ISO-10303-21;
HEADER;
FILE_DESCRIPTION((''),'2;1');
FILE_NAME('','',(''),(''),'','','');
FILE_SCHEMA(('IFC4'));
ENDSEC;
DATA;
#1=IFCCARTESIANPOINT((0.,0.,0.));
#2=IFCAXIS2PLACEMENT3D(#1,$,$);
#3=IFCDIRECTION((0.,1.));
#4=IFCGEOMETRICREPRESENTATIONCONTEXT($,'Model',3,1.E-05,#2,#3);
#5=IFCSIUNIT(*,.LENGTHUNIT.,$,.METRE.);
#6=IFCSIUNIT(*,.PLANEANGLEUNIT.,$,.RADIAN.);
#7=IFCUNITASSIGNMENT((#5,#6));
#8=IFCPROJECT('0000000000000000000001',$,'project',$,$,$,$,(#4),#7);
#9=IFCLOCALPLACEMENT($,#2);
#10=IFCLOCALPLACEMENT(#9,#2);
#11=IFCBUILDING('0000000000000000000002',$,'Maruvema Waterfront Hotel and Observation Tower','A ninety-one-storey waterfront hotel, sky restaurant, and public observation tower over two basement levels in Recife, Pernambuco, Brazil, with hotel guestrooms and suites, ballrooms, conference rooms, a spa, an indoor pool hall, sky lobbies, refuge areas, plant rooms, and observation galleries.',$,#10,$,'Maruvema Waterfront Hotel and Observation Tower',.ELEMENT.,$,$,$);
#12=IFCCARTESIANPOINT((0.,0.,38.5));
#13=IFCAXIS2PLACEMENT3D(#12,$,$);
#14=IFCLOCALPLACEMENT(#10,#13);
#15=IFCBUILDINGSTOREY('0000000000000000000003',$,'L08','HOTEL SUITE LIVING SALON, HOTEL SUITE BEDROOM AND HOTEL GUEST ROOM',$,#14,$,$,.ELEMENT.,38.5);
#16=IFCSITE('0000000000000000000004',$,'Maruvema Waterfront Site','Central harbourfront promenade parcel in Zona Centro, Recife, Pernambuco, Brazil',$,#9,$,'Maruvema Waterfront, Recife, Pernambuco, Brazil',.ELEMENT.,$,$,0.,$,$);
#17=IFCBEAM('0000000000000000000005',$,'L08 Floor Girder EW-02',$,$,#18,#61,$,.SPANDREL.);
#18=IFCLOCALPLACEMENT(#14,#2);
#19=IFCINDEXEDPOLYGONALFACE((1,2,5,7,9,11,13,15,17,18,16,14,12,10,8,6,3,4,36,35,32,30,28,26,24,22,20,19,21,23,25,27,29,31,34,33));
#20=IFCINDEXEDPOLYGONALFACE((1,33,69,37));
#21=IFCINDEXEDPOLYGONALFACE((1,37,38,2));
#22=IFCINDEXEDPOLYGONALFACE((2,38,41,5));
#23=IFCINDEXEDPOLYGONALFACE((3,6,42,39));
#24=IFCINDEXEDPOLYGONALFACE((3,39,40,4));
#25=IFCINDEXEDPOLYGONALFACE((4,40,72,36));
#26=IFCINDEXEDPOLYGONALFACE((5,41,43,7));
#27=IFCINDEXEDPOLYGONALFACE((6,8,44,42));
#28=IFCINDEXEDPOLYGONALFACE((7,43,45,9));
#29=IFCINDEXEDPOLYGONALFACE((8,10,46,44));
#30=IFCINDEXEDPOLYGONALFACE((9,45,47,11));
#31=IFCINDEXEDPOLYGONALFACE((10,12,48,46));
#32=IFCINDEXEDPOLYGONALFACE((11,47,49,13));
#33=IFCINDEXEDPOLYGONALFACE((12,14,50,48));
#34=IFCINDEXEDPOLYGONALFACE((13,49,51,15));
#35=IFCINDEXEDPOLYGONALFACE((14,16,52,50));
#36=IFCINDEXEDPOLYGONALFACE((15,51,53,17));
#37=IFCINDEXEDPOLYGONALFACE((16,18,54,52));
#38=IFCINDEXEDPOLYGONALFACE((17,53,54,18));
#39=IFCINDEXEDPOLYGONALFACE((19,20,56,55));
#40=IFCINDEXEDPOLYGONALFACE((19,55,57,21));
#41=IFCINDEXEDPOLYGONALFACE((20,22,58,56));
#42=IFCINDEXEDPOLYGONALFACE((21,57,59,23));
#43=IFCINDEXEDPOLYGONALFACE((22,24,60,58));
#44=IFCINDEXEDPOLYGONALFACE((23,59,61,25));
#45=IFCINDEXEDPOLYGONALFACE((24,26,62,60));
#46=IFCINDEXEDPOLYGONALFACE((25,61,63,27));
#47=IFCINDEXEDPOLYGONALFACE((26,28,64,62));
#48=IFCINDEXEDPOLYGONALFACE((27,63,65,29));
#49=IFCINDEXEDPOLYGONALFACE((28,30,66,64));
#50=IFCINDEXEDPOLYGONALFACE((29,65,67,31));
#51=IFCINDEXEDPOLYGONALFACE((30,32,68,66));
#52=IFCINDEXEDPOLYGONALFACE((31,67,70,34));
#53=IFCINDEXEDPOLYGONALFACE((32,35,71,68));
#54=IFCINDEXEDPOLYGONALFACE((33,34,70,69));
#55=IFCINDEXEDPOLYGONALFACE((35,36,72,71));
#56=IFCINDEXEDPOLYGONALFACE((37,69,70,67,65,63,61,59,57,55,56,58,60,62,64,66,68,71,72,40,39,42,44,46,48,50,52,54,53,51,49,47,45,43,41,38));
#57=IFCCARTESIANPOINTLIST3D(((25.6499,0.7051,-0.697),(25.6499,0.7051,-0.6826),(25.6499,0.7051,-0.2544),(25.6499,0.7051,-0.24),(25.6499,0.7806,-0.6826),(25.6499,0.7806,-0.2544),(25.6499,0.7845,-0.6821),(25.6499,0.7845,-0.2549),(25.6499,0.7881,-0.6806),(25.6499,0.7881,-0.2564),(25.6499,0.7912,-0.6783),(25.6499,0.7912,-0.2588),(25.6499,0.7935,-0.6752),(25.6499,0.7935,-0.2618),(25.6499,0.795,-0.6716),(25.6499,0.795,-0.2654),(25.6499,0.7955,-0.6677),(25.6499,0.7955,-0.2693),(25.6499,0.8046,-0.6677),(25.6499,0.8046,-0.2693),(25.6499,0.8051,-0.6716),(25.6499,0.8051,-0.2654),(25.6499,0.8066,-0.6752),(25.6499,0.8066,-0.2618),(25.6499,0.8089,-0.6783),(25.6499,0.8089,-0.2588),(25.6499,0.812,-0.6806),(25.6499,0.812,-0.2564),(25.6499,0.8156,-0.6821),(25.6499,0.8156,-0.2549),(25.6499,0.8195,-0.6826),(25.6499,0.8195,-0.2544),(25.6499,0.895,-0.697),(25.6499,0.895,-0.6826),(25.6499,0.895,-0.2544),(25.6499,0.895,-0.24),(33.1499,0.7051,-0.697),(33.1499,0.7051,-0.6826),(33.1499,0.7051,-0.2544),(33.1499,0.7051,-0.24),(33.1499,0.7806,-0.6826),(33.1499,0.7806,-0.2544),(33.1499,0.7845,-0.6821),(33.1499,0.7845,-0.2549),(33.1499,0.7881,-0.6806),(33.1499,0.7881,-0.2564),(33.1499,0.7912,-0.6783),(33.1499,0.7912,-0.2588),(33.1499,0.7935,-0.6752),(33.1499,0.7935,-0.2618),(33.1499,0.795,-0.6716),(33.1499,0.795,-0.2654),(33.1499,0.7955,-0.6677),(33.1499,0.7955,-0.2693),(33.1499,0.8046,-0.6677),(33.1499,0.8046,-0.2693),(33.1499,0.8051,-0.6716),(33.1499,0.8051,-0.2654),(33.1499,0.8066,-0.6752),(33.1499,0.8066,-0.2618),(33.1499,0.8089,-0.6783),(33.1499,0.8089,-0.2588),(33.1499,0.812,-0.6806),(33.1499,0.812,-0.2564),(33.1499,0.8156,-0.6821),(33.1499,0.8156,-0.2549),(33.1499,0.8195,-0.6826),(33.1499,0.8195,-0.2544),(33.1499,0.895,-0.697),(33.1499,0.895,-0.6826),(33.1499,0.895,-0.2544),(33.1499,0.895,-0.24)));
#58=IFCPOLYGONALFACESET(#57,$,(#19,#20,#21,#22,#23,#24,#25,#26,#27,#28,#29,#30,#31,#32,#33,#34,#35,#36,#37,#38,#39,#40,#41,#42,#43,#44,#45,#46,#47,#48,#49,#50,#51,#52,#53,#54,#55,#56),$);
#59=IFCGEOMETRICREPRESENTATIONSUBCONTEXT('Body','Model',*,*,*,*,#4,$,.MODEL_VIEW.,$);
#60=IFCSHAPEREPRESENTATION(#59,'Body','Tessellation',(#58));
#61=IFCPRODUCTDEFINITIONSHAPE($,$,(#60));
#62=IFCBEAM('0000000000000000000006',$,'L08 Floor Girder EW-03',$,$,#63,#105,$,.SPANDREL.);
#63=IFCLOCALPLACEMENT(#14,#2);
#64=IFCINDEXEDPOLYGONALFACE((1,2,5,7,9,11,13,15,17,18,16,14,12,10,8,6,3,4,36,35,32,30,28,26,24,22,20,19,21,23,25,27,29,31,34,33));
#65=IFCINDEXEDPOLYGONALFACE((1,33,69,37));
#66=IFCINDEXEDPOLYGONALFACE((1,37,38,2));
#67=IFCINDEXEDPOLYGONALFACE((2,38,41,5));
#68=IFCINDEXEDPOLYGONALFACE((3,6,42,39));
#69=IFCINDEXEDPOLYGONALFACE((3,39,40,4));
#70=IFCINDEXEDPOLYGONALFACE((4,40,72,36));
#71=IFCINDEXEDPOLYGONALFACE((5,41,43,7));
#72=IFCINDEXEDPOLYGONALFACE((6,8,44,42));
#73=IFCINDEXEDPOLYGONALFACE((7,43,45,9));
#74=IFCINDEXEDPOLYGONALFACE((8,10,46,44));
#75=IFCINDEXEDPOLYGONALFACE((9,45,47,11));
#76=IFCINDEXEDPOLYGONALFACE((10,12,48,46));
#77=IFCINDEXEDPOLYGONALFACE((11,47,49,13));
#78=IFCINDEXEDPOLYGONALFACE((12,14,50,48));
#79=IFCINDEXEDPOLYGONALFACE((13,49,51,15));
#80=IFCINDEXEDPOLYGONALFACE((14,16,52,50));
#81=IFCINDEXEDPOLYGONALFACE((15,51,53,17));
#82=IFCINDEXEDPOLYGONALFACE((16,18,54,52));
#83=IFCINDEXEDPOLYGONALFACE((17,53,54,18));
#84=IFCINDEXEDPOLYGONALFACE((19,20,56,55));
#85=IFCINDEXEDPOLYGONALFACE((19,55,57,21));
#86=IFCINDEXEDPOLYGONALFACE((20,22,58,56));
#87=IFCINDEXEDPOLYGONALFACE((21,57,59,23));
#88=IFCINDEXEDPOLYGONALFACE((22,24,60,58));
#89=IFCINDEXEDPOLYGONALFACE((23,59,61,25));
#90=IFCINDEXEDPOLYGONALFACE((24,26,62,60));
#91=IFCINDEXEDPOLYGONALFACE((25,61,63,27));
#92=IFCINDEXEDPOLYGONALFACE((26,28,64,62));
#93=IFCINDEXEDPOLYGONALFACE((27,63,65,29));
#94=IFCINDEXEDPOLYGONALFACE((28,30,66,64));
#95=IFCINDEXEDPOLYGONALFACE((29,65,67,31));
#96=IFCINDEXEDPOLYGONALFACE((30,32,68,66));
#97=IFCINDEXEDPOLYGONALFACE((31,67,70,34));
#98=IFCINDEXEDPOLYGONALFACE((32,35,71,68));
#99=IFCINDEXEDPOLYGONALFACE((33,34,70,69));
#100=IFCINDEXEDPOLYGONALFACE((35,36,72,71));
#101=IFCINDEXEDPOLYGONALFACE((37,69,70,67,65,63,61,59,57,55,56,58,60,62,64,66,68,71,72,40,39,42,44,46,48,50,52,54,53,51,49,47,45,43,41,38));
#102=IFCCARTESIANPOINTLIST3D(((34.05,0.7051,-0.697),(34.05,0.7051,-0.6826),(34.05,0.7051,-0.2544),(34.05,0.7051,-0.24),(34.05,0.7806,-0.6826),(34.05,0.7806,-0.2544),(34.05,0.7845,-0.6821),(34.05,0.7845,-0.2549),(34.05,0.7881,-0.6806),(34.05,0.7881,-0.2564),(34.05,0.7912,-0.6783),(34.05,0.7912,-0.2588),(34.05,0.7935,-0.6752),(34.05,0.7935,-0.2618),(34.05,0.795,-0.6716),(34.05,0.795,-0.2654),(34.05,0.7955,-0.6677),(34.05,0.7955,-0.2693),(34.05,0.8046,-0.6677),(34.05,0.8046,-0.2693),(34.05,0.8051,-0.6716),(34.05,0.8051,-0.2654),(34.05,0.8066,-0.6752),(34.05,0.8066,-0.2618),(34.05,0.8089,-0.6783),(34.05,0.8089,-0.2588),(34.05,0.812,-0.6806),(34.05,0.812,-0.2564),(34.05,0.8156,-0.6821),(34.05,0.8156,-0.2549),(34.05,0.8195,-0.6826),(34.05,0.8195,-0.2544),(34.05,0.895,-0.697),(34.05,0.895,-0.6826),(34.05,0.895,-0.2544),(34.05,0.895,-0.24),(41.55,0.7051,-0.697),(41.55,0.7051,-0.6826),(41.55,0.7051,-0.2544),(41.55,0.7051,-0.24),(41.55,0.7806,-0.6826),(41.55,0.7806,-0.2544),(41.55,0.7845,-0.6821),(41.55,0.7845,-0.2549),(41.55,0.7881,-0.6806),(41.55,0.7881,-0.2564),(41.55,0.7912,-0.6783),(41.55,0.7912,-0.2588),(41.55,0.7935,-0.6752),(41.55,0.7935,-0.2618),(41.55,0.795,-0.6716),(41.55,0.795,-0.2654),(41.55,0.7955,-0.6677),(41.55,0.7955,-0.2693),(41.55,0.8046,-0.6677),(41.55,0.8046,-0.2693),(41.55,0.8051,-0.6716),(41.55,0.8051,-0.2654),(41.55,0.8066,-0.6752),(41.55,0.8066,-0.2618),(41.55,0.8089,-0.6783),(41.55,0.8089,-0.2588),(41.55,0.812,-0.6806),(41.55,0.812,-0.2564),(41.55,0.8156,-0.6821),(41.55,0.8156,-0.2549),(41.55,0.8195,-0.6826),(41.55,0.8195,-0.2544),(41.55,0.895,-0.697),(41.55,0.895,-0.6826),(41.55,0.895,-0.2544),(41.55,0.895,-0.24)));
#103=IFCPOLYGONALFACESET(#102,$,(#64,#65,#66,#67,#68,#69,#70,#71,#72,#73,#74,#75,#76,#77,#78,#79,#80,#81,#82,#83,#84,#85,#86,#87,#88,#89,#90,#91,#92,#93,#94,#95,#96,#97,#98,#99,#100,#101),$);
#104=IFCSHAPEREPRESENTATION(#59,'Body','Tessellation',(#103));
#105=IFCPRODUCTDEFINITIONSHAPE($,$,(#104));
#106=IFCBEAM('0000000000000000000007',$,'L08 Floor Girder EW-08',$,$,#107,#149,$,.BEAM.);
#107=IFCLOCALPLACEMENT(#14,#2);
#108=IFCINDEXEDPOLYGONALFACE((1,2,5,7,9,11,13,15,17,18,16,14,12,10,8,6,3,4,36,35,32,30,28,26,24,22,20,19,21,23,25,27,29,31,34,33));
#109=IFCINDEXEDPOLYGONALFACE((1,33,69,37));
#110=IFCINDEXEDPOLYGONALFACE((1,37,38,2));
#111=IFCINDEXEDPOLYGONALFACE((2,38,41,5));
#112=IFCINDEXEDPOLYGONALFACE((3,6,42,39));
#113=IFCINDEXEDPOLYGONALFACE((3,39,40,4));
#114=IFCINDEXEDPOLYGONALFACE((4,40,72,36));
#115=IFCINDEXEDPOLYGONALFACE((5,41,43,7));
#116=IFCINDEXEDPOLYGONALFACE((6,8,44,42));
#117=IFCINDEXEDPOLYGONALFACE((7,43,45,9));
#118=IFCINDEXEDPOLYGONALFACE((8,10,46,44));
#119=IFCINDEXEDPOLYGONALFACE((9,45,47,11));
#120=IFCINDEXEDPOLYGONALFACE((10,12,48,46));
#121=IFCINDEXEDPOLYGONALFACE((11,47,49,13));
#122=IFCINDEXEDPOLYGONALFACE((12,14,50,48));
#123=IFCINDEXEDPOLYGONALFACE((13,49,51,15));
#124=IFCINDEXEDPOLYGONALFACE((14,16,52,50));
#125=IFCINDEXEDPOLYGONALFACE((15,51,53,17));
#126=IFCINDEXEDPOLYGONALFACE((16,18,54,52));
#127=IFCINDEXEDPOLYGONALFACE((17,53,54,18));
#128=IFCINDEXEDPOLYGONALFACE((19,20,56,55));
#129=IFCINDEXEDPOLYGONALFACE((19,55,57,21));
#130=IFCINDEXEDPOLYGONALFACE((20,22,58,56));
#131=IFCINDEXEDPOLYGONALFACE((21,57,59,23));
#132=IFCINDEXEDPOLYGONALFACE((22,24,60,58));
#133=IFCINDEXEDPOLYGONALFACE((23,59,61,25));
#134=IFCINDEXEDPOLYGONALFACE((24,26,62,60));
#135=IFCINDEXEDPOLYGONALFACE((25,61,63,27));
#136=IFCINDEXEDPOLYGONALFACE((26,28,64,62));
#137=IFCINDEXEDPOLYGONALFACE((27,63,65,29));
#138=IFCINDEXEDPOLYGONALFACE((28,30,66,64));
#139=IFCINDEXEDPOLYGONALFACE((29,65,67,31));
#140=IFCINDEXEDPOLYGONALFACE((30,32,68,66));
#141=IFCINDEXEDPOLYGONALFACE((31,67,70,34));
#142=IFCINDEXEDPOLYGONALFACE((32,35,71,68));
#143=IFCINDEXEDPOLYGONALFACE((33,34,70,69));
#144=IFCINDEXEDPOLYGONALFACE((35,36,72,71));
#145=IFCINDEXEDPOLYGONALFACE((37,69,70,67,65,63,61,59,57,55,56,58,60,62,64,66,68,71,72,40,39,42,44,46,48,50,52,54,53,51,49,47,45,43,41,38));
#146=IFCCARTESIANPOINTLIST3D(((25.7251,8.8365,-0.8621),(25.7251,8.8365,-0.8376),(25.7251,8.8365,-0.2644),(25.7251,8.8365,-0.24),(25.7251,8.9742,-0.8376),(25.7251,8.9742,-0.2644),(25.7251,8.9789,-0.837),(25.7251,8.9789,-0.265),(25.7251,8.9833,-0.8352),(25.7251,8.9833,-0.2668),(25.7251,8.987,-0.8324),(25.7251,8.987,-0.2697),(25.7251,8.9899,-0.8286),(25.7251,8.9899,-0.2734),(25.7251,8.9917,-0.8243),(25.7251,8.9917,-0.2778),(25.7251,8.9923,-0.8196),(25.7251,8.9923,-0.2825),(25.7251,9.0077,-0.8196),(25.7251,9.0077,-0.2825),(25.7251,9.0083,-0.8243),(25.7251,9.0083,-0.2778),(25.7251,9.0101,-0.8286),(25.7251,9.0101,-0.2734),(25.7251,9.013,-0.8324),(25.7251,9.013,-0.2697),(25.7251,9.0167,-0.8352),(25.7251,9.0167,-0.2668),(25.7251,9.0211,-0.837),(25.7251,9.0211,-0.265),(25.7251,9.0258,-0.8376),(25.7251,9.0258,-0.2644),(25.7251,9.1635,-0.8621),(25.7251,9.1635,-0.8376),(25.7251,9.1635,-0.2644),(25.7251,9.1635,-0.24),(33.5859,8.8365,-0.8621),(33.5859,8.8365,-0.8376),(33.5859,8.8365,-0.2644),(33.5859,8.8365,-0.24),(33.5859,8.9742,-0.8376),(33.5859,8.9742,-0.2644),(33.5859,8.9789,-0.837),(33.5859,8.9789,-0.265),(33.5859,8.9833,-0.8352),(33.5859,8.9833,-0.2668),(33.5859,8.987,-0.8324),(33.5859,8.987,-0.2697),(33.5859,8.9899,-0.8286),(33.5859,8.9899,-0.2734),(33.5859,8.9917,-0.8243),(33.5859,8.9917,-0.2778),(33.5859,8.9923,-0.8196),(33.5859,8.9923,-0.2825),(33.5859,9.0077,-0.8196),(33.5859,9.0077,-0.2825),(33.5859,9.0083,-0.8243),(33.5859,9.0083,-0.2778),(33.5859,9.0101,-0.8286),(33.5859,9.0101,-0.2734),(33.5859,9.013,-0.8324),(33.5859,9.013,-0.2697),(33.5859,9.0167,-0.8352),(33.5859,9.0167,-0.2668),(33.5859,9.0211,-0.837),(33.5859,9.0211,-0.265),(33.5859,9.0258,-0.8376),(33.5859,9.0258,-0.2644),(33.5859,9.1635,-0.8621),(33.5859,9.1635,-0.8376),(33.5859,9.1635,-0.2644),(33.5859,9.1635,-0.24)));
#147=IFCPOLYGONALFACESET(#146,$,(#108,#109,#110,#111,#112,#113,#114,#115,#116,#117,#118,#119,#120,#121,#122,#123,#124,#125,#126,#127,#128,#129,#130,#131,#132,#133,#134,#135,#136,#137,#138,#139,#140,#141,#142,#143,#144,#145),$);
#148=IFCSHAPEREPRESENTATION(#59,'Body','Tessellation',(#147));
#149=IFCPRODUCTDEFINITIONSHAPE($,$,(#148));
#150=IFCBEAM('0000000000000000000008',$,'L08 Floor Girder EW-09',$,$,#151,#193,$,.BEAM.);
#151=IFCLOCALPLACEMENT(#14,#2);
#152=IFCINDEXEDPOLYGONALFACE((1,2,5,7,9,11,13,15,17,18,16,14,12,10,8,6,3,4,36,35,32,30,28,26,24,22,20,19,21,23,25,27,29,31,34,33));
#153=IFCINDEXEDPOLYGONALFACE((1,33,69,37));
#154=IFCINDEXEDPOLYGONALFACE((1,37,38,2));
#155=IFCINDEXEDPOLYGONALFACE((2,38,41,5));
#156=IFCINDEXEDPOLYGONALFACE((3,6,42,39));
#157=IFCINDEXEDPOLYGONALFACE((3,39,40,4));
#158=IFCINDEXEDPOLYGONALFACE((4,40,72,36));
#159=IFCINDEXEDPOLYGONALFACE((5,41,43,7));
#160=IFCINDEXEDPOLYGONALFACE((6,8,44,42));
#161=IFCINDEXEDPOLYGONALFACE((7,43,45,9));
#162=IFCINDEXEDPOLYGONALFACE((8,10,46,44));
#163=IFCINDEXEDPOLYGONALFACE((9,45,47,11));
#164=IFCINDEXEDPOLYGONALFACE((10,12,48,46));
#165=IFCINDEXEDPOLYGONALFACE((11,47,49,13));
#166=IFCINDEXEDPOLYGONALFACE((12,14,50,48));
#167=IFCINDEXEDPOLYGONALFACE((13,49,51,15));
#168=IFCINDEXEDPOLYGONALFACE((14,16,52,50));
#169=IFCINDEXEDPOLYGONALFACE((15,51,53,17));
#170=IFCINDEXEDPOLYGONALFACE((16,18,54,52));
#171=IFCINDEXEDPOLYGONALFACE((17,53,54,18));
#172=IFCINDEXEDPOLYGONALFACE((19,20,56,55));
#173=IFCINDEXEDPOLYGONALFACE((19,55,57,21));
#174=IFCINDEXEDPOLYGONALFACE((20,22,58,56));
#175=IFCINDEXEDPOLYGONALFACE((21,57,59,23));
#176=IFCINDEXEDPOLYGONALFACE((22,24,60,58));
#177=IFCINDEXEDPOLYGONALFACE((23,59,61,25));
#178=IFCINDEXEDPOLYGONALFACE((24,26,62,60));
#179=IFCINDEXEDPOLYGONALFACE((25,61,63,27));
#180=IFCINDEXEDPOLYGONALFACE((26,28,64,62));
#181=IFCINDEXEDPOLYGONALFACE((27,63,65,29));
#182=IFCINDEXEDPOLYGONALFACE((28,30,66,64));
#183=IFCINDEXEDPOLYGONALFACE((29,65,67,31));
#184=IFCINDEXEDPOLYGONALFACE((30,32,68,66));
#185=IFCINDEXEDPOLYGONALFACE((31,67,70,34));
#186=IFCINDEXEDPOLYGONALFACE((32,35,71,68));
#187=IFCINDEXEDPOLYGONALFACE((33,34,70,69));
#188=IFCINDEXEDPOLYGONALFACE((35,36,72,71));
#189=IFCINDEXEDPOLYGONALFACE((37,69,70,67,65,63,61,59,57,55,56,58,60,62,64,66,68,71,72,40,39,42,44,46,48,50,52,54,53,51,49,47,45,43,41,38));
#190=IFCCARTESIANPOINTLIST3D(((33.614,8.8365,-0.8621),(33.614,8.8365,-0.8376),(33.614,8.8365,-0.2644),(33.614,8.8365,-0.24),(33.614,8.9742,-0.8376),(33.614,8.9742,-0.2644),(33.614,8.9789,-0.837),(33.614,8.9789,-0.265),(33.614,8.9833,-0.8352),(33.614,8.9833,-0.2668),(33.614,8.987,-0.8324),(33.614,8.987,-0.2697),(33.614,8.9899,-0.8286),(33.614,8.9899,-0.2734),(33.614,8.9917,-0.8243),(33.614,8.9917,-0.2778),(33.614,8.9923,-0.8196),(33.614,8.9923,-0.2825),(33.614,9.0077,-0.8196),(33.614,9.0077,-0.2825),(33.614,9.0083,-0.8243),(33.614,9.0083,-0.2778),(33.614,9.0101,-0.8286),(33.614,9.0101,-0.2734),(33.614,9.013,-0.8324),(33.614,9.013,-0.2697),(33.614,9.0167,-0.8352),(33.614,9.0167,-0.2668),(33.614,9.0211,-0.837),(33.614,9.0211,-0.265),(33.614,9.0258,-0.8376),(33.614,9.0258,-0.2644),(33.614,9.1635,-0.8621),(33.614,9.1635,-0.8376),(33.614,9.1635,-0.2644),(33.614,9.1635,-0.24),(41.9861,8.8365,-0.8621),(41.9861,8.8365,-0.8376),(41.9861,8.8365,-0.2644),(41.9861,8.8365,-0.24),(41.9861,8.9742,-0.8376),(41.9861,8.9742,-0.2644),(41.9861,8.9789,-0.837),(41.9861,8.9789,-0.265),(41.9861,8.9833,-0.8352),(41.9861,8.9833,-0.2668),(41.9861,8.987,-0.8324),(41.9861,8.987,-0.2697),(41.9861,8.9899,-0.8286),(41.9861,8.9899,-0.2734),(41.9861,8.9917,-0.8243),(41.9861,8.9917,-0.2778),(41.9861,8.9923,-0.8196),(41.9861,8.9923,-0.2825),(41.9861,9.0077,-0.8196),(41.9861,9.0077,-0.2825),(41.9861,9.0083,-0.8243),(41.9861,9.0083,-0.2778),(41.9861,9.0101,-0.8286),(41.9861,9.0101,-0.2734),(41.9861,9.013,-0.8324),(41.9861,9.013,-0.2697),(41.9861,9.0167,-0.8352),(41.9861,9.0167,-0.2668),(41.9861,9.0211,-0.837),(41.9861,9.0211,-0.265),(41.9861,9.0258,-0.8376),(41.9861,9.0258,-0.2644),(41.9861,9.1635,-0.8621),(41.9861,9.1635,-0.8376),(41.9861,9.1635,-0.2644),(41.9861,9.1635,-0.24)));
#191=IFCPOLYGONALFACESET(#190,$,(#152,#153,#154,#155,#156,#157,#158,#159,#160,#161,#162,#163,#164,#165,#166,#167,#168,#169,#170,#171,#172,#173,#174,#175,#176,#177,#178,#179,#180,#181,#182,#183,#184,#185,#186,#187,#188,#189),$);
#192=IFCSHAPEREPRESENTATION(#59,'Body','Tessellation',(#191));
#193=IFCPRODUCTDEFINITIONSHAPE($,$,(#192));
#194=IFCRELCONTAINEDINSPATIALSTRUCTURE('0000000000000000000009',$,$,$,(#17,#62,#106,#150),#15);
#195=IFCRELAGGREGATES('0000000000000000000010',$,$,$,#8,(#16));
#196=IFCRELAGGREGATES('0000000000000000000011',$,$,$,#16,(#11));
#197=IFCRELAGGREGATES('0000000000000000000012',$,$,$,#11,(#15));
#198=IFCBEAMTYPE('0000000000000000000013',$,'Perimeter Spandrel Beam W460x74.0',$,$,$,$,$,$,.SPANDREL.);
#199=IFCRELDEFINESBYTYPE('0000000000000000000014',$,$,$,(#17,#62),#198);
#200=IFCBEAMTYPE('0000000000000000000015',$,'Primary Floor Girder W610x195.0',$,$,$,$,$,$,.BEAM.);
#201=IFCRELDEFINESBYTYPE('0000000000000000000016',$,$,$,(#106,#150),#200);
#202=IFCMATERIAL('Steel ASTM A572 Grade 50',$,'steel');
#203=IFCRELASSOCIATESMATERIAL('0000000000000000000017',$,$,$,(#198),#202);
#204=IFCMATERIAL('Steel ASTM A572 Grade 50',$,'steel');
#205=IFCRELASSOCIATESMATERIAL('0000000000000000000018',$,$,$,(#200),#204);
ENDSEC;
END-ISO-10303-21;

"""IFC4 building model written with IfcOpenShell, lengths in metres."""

from ifc_helpers import new_model, si_unit, direction, frame, origin, origin_2d, place, context, subcontext, project, spatial, i_section, extrude, material, material_profile, profile_set, type_object, element, save


model = new_model("IFC4")

# Units and contexts
model_context = context("Model", 3, precision=1e-05, world=origin(), true_north=direction((0.0, 1.0)))
body_context = subcontext(model_context, "Body", "Model", "MODEL_VIEW")
ifc_project = project(units=[si_unit("LENGTHUNIT", "METRE"), si_unit("PLANEANGLEUNIT", "RADIAN")], contexts=[model_context])

# Site, building, storey
site_placement = place(None, origin())
site = spatial("IfcSite", under=ifc_project, at=site_placement, Name="Maruvema Waterfront Site", Description="Central harbourfront promenade parcel in Zona Centro, Recife, Pernambuco, Brazil", LongName="Maruvema Waterfront, Recife, Pernambuco, Brazil", CompositionType="ELEMENT", RefElevation=0.0)
building_placement = place(site_placement, origin())
building = spatial("IfcBuilding", under=site, at=building_placement, Name="Maruvema Waterfront Hotel and Observation Tower", Description="A ninety-one-storey waterfront hotel, sky restaurant, and public observation tower over two basement levels in Recife, Pernambuco, Brazil, with hotel guestrooms and suites, ballrooms, conference rooms, a spa, an indoor pool hall, sky lobbies, refuge areas, plant rooms, and observation galleries.", LongName="Maruvema Waterfront Hotel and Observation Tower", CompositionType="ELEMENT")
storey_placement = place(building_placement, frame((0.0, 0.0, 38.5)))
storey = spatial("IfcBuildingStorey", under=building, at=storey_placement, Name="L08", Description="HOTEL SUITE LIVING SALON, HOTEL SUITE BEDROOM AND HOTEL GUEST ROOM", CompositionType="ELEMENT", Elevation=38.5)

# Beams
ifc_material_1 = material(Name="Steel ASTM A572 Grade 50", Category="steel")
ifc_material_profile_1 = material_profile(ifc_material_1, i_section(OverallWidth=0.1899, OverallDepth=0.457, WebThickness=0.009, FlangeThickness=0.0144, FilletRadius=0.0149, at=origin_2d()), Name="W460x74.0")
ifc_profile_set_1 = profile_set([ifc_material_profile_1], Name="Steel ASTM A572 Grade 50")
beam_type_1 = type_object("IfcBeamType", Name="Perimeter Spandrel Beam W460x74.0", PredefinedType="SPANDREL", material=ifc_profile_set_1)
for number, where, z_axis, x_axis, name in (
    (1, (25.6499, 0.8, -0.4685), (1.0, 0.0, 0.0), (0.0, 1.0, 0.0), "L08 Floor Girder EW-02"),
    (2, (34.05, 0.8, -0.4685), (1.0, 0.0, 0.0), (0.0, 1.0, 0.0), "L08 Floor Girder EW-03"),
):
    element("IfcBeam", number, at=place(storey_placement, frame(where, z_axis=z_axis, x_axis=x_axis)), inside=storey, type_object=beam_type_1, Name=name, PredefinedType="SPANDREL", context=body_context, shape_type="SweptSolid", body=[
        extrude(i_section(OverallWidth=0.1899, OverallDepth=0.457, WebThickness=0.009, FlangeThickness=0.0144, FilletRadius=0.0149, at=origin_2d()), origin(), (0.0, 0.0, 1.0), 7.5),
    ])
ifc_material_2 = material(Name="Steel ASTM A572 Grade 50", Category="steel")
ifc_material_profile_2 = material_profile(ifc_material_2, i_section(OverallWidth=0.3269, OverallDepth=0.6221, WebThickness=0.0154, FlangeThickness=0.0244, FilletRadius=0.0181, at=origin_2d()), Name="W610x195.0")
ifc_profile_set_2 = profile_set([ifc_material_profile_2], Name="Steel ASTM A572 Grade 50")
beam_type_2 = type_object("IfcBeamType", Name="Primary Floor Girder W610x195.0", PredefinedType="BEAM", material=ifc_profile_set_2)
beam_1_placement = place(storey_placement, frame((25.7251, 9.0, -0.551), z_axis=(1.0, 0.0, 0.0), x_axis=(0.0, 1.0, 0.0)))
element("IfcBeam", 3, at=beam_1_placement, inside=storey, type_object=beam_type_2, Name="L08 Floor Girder EW-08", PredefinedType="BEAM", context=body_context, shape_type="SweptSolid", body=[
    extrude(i_section(OverallWidth=0.3269, OverallDepth=0.6221, WebThickness=0.0154, FlangeThickness=0.0244, FilletRadius=0.0181, at=origin_2d()), origin(), (0.0, 0.0, 1.0), 7.8608),
])
beam_2_placement = place(storey_placement, frame((33.614, 9.0, -0.551), z_axis=(1.0, 0.0, 0.0), x_axis=(0.0, 1.0, 0.0)))
element("IfcBeam", 4, at=beam_2_placement, inside=storey, type_object=beam_type_2, Name="L08 Floor Girder EW-09", PredefinedType="BEAM", context=body_context, shape_type="SweptSolid", body=[
    extrude(i_section(OverallWidth=0.3269, OverallDepth=0.6221, WebThickness=0.0154, FlangeThickness=0.0244, FilletRadius=0.0181, at=origin_2d()), origin(), (0.0, 0.0, 1.0), 8.3721),
])

save(model, "model.ifc")
